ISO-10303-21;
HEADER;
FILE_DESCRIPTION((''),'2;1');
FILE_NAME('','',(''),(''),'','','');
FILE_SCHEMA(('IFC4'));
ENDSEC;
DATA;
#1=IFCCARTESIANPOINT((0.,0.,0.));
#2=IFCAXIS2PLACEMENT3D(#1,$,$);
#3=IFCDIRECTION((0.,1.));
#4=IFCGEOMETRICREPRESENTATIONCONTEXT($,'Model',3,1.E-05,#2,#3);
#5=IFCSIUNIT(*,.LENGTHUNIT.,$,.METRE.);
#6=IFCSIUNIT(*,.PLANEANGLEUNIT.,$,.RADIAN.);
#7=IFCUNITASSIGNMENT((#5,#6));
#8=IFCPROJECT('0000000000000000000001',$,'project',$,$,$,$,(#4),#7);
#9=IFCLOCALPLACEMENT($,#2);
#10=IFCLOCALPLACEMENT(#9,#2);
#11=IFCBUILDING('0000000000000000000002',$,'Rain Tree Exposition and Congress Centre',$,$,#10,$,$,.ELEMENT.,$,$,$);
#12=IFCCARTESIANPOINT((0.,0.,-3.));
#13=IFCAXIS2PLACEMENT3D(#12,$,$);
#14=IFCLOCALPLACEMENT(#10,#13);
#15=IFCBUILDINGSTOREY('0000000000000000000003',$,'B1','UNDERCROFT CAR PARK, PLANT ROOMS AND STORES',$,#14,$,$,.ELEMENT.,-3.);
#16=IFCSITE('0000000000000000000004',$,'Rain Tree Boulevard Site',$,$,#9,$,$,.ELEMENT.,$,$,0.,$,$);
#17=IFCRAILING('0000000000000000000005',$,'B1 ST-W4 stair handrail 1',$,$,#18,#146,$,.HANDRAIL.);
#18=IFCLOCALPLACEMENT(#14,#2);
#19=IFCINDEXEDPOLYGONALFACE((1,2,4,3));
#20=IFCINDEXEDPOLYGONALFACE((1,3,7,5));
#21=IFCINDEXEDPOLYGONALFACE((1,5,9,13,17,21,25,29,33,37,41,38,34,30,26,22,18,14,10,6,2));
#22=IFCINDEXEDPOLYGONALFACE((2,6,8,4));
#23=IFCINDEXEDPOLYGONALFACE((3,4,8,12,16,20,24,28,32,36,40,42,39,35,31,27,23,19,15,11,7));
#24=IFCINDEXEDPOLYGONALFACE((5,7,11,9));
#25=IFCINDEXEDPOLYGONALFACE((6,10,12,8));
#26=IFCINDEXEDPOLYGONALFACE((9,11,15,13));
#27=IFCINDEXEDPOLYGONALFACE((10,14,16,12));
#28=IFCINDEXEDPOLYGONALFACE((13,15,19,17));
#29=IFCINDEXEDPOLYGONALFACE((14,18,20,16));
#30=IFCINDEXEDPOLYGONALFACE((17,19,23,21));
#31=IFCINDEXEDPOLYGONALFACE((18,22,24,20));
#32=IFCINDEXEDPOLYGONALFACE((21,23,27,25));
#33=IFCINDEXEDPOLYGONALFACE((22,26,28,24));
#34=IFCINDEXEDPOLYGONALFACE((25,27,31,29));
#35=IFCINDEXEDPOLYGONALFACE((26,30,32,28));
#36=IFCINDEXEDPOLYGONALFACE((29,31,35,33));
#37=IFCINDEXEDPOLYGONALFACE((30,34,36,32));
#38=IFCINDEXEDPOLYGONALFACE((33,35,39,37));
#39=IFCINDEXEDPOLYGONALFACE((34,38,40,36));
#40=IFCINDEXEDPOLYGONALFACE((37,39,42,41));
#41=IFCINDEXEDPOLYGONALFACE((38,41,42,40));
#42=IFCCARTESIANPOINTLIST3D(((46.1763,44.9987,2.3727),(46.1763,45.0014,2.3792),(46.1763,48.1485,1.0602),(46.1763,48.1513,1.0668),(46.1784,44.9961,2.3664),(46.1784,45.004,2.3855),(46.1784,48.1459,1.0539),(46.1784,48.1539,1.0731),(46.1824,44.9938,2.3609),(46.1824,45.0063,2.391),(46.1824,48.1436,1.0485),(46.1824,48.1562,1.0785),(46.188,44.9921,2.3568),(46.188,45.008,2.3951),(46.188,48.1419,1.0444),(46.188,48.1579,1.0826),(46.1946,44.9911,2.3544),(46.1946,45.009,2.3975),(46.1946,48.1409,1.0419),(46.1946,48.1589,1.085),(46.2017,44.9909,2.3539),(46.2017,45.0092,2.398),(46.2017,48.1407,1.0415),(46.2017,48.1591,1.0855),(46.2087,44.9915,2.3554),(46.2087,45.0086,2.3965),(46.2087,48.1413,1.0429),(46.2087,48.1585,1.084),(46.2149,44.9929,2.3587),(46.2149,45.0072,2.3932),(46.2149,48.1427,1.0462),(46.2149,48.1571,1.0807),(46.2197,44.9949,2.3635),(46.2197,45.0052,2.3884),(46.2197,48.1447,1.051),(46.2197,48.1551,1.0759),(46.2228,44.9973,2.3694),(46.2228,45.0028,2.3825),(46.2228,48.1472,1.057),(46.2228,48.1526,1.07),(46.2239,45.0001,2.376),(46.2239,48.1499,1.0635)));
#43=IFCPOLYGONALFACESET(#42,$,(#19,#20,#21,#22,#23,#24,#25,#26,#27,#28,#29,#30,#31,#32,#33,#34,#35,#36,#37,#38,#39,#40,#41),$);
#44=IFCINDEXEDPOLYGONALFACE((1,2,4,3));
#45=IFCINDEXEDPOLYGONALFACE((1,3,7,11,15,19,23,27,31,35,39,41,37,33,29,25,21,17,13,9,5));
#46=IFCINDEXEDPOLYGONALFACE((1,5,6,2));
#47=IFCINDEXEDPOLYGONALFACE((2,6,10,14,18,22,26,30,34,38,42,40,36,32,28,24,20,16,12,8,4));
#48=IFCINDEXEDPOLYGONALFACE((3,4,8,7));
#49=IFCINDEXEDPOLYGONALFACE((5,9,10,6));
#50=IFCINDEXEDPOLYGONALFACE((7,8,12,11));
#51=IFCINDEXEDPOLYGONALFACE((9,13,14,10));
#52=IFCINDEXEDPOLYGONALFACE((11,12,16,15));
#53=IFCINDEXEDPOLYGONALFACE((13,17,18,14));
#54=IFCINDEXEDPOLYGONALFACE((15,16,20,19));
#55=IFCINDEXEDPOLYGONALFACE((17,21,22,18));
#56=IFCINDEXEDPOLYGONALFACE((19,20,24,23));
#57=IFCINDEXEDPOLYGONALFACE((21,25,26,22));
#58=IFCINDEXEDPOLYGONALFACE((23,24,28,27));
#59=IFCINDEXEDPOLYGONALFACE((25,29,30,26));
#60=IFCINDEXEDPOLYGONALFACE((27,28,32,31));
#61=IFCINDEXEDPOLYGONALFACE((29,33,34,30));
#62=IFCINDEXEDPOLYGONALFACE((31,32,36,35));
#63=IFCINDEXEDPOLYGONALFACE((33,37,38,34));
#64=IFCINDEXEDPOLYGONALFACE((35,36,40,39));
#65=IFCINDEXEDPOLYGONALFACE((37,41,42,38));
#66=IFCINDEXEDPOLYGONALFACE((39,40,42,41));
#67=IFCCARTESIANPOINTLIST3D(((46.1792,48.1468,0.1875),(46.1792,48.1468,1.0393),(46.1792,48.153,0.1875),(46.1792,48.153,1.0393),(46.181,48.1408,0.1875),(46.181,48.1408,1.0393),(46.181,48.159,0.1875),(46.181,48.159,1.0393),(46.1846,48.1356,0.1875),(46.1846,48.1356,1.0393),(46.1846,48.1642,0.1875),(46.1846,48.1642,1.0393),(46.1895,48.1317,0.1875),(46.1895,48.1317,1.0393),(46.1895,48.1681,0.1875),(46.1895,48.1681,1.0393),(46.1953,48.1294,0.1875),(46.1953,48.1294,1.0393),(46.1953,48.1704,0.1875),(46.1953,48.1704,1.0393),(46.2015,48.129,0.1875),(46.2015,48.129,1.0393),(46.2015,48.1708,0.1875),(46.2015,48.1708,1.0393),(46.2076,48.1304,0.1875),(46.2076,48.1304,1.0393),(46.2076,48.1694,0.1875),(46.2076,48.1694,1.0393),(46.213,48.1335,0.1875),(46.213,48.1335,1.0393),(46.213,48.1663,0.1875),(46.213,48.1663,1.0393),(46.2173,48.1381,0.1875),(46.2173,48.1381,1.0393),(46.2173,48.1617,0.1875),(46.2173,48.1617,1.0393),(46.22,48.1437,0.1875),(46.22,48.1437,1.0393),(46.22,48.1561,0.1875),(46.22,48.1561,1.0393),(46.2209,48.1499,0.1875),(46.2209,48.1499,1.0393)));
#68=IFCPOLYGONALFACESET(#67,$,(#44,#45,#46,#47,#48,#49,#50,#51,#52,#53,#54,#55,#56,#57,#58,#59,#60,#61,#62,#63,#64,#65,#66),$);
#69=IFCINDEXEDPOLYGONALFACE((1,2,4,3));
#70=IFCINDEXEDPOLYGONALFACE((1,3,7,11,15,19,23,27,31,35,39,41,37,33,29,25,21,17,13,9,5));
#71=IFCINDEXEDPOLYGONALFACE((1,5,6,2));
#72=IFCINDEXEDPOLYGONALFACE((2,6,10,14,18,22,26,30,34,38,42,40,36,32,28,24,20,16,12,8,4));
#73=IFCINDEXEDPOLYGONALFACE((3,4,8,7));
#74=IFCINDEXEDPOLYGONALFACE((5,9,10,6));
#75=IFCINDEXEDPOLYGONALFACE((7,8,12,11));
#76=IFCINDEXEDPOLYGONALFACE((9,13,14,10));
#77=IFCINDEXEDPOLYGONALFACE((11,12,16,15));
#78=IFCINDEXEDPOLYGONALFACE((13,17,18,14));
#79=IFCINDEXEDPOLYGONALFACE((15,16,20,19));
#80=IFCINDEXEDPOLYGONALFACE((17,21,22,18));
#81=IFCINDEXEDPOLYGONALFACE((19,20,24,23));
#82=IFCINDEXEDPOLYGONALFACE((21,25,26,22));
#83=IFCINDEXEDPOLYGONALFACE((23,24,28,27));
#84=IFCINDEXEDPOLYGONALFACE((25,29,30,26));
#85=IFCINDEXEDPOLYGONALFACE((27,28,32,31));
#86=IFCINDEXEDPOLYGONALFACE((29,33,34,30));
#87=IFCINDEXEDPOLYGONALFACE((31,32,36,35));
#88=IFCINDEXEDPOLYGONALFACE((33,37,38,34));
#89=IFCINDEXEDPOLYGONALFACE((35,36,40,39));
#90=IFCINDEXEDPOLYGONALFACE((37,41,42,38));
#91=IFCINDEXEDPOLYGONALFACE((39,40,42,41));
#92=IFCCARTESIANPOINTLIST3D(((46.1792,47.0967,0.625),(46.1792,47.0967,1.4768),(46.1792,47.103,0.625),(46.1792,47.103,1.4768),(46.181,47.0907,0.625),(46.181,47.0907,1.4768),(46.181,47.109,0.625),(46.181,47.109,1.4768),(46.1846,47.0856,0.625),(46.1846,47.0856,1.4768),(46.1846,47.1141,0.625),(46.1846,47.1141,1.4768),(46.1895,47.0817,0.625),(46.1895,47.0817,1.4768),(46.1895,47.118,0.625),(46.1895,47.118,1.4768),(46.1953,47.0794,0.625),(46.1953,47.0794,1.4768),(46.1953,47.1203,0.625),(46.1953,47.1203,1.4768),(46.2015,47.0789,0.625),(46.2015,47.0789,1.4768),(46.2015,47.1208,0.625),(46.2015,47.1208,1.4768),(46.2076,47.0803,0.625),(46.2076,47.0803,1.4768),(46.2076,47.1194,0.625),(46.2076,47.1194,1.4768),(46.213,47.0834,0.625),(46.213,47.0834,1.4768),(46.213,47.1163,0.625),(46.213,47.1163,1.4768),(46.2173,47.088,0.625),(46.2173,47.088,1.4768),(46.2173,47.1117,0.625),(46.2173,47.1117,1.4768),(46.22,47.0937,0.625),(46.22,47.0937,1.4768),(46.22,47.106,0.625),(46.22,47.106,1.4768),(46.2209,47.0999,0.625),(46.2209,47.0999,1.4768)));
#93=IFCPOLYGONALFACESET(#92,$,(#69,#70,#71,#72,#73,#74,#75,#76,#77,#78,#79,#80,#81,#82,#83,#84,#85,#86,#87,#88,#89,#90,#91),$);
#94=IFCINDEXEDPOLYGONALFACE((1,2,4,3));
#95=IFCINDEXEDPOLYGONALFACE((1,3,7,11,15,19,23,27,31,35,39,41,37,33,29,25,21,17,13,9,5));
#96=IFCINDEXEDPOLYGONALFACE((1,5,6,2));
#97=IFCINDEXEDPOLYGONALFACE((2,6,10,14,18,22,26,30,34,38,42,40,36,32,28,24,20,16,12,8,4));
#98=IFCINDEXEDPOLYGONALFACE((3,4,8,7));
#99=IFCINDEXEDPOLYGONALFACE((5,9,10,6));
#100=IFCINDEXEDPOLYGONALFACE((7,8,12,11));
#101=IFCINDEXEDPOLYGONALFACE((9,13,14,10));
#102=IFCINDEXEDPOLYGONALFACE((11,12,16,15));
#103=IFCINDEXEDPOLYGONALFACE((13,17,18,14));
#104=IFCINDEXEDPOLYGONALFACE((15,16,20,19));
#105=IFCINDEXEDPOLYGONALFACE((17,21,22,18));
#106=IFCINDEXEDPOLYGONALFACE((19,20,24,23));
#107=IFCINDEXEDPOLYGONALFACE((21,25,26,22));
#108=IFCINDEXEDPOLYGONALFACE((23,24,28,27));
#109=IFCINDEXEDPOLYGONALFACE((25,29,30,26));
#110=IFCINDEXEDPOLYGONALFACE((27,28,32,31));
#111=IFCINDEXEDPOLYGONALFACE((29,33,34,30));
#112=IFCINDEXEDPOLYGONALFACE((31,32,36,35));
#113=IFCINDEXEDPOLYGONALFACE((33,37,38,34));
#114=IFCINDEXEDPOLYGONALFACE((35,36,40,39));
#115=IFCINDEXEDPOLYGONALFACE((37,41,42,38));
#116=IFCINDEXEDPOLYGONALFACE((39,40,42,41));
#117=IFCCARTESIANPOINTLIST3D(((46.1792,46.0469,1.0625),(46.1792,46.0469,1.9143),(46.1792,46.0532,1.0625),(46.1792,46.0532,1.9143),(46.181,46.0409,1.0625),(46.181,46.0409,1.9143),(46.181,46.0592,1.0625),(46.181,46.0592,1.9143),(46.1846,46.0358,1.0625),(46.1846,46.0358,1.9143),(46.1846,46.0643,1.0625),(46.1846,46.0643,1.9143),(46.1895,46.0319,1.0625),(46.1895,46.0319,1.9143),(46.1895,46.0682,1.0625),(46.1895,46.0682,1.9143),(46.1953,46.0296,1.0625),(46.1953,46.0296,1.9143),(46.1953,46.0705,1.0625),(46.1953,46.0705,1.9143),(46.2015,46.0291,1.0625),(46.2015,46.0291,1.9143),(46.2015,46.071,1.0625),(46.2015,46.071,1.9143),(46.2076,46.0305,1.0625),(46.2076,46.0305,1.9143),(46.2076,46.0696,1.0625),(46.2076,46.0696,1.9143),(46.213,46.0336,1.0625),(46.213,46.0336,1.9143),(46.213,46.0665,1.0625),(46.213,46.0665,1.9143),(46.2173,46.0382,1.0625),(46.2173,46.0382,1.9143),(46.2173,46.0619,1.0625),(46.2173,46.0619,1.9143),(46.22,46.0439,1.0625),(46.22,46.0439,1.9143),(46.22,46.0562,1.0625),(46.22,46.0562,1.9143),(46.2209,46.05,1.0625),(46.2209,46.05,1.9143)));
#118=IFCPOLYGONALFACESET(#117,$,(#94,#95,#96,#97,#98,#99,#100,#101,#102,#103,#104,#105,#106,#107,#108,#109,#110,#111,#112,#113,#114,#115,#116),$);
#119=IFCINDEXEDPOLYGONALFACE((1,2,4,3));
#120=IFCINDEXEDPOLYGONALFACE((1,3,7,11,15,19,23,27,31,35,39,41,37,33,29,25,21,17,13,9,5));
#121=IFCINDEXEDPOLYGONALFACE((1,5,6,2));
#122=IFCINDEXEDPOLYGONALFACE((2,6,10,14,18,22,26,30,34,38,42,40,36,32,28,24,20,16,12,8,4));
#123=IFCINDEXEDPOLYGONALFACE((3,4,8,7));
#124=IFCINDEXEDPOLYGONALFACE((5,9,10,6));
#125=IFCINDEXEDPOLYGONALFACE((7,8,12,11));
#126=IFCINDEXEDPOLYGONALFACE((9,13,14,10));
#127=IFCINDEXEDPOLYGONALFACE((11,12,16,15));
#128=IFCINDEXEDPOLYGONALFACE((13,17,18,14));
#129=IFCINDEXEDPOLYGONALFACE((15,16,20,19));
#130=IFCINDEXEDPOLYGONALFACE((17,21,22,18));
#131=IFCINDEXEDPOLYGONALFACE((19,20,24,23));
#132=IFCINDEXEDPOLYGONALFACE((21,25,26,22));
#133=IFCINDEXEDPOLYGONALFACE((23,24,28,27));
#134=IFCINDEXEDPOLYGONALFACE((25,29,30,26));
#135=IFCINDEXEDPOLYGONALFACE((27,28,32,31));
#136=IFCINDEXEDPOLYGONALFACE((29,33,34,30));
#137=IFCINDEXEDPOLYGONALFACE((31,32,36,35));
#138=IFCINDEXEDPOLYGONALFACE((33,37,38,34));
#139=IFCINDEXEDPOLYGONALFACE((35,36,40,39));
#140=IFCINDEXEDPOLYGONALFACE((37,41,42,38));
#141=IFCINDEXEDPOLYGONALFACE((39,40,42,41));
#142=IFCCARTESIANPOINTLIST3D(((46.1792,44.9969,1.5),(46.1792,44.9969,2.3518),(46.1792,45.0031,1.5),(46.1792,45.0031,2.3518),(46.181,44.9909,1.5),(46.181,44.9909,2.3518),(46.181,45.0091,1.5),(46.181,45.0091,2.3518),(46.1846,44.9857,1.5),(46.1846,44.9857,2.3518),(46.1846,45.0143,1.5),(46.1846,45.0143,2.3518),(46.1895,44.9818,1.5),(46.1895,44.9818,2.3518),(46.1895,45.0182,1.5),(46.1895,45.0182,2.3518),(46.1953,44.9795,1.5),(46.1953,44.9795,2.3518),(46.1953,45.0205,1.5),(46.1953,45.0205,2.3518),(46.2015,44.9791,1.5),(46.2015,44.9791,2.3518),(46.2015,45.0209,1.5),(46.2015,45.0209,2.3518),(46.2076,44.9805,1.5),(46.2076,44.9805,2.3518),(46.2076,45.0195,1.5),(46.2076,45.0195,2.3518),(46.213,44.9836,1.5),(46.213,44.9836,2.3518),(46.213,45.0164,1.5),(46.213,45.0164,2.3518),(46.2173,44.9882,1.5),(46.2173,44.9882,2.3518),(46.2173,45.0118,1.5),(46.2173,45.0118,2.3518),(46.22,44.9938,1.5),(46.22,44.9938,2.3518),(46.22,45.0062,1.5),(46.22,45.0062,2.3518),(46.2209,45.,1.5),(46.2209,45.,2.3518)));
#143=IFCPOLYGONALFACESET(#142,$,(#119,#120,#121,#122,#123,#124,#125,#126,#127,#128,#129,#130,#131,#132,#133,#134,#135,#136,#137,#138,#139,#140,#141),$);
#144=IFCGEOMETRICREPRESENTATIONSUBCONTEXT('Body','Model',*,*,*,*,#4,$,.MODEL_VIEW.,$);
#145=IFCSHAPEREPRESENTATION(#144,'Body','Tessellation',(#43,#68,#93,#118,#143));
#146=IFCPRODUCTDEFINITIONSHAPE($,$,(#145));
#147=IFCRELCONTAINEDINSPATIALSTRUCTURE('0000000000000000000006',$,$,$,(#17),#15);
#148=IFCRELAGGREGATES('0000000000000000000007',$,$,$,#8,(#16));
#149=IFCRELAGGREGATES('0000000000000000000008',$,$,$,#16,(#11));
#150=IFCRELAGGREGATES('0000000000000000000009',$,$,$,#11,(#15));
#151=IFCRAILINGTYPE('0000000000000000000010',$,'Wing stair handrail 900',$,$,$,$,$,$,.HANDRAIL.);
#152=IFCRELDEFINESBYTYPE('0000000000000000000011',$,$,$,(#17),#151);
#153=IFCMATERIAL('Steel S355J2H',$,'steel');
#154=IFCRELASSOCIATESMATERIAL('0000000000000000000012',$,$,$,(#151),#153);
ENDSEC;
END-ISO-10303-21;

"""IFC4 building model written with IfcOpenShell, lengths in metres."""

from ifc_helpers import new_model, si_unit, direction, frame, origin, origin_2d, place, context, subcontext, project, spatial, circle, extrude, material, type_object, element, save


model = new_model("IFC4")

# Units and contexts
model_context = context("Model", 3, precision=1e-05, world=origin(), true_north=direction((0.0, 1.0)))
body_context = subcontext(model_context, "Body", "Model", "MODEL_VIEW")
ifc_project = project(units=[si_unit("LENGTHUNIT", "METRE"), si_unit("PLANEANGLEUNIT", "RADIAN")], contexts=[model_context])

# Site, building, storey
site_placement = place(None, origin())
site = spatial("IfcSite", under=ifc_project, at=site_placement, Name="Rain Tree Boulevard Site", CompositionType="ELEMENT", RefElevation=0.0)
building_placement = place(site_placement, origin())
building = spatial("IfcBuilding", under=site, at=building_placement, Name="Rain Tree Exposition and Congress Centre", CompositionType="ELEMENT")
storey_placement = place(building_placement, frame((0.0, 0.0, -3.0)))
storey = spatial("IfcBuildingStorey", under=building, at=storey_placement, Name="B1", Description="UNDERCROFT CAR PARK, PLANT ROOMS AND STORES", CompositionType="ELEMENT", Elevation=-3.0)

# Railing
ifc_material_1 = material(Name="Steel S355J2H", Category="steel")
railing_type_1 = type_object("IfcRailingType", Name="Wing stair handrail 900", PredefinedType="HANDRAIL", material=ifc_material_1)
railing_1_placement = place(storey_placement, frame((46.2, 48.1499, 0.1875)))
element("IfcRailing", 1, at=railing_1_placement, inside=storey, type_object=railing_type_1, Name="B1 ST-W4 stair handrail 1", PredefinedType="HANDRAIL", context=body_context, shape_type="SweptSolid", body=[
    extrude(circle(Radius=0.0239, at=origin_2d()), frame((0.0, 0.0, 0.876), z_axis=(0.0, -0.923073, 0.384626), x_axis=(1.0, 0.0, 0.0)), (0.0, 0.0, 1.0), 3.4124),
    extrude(circle(Radius=0.021, at=origin_2d()), origin(), (0.0, 0.0, 1.0), 0.8518),
    extrude(circle(Radius=0.021, at=origin_2d()), frame((0.0, -1.05, 0.4375)), (0.0, 0.0, 1.0), 0.8518),
    extrude(circle(Radius=0.021, at=origin_2d()), frame((0.0, -2.0999, 0.875)), (0.0, 0.0, 1.0), 0.8518),
    extrude(circle(Radius=0.021, at=origin_2d()), frame((0.0, -3.1499, 1.3125)), (0.0, 0.0, 1.0), 0.8518),
])

save(model, "model.ifc")
